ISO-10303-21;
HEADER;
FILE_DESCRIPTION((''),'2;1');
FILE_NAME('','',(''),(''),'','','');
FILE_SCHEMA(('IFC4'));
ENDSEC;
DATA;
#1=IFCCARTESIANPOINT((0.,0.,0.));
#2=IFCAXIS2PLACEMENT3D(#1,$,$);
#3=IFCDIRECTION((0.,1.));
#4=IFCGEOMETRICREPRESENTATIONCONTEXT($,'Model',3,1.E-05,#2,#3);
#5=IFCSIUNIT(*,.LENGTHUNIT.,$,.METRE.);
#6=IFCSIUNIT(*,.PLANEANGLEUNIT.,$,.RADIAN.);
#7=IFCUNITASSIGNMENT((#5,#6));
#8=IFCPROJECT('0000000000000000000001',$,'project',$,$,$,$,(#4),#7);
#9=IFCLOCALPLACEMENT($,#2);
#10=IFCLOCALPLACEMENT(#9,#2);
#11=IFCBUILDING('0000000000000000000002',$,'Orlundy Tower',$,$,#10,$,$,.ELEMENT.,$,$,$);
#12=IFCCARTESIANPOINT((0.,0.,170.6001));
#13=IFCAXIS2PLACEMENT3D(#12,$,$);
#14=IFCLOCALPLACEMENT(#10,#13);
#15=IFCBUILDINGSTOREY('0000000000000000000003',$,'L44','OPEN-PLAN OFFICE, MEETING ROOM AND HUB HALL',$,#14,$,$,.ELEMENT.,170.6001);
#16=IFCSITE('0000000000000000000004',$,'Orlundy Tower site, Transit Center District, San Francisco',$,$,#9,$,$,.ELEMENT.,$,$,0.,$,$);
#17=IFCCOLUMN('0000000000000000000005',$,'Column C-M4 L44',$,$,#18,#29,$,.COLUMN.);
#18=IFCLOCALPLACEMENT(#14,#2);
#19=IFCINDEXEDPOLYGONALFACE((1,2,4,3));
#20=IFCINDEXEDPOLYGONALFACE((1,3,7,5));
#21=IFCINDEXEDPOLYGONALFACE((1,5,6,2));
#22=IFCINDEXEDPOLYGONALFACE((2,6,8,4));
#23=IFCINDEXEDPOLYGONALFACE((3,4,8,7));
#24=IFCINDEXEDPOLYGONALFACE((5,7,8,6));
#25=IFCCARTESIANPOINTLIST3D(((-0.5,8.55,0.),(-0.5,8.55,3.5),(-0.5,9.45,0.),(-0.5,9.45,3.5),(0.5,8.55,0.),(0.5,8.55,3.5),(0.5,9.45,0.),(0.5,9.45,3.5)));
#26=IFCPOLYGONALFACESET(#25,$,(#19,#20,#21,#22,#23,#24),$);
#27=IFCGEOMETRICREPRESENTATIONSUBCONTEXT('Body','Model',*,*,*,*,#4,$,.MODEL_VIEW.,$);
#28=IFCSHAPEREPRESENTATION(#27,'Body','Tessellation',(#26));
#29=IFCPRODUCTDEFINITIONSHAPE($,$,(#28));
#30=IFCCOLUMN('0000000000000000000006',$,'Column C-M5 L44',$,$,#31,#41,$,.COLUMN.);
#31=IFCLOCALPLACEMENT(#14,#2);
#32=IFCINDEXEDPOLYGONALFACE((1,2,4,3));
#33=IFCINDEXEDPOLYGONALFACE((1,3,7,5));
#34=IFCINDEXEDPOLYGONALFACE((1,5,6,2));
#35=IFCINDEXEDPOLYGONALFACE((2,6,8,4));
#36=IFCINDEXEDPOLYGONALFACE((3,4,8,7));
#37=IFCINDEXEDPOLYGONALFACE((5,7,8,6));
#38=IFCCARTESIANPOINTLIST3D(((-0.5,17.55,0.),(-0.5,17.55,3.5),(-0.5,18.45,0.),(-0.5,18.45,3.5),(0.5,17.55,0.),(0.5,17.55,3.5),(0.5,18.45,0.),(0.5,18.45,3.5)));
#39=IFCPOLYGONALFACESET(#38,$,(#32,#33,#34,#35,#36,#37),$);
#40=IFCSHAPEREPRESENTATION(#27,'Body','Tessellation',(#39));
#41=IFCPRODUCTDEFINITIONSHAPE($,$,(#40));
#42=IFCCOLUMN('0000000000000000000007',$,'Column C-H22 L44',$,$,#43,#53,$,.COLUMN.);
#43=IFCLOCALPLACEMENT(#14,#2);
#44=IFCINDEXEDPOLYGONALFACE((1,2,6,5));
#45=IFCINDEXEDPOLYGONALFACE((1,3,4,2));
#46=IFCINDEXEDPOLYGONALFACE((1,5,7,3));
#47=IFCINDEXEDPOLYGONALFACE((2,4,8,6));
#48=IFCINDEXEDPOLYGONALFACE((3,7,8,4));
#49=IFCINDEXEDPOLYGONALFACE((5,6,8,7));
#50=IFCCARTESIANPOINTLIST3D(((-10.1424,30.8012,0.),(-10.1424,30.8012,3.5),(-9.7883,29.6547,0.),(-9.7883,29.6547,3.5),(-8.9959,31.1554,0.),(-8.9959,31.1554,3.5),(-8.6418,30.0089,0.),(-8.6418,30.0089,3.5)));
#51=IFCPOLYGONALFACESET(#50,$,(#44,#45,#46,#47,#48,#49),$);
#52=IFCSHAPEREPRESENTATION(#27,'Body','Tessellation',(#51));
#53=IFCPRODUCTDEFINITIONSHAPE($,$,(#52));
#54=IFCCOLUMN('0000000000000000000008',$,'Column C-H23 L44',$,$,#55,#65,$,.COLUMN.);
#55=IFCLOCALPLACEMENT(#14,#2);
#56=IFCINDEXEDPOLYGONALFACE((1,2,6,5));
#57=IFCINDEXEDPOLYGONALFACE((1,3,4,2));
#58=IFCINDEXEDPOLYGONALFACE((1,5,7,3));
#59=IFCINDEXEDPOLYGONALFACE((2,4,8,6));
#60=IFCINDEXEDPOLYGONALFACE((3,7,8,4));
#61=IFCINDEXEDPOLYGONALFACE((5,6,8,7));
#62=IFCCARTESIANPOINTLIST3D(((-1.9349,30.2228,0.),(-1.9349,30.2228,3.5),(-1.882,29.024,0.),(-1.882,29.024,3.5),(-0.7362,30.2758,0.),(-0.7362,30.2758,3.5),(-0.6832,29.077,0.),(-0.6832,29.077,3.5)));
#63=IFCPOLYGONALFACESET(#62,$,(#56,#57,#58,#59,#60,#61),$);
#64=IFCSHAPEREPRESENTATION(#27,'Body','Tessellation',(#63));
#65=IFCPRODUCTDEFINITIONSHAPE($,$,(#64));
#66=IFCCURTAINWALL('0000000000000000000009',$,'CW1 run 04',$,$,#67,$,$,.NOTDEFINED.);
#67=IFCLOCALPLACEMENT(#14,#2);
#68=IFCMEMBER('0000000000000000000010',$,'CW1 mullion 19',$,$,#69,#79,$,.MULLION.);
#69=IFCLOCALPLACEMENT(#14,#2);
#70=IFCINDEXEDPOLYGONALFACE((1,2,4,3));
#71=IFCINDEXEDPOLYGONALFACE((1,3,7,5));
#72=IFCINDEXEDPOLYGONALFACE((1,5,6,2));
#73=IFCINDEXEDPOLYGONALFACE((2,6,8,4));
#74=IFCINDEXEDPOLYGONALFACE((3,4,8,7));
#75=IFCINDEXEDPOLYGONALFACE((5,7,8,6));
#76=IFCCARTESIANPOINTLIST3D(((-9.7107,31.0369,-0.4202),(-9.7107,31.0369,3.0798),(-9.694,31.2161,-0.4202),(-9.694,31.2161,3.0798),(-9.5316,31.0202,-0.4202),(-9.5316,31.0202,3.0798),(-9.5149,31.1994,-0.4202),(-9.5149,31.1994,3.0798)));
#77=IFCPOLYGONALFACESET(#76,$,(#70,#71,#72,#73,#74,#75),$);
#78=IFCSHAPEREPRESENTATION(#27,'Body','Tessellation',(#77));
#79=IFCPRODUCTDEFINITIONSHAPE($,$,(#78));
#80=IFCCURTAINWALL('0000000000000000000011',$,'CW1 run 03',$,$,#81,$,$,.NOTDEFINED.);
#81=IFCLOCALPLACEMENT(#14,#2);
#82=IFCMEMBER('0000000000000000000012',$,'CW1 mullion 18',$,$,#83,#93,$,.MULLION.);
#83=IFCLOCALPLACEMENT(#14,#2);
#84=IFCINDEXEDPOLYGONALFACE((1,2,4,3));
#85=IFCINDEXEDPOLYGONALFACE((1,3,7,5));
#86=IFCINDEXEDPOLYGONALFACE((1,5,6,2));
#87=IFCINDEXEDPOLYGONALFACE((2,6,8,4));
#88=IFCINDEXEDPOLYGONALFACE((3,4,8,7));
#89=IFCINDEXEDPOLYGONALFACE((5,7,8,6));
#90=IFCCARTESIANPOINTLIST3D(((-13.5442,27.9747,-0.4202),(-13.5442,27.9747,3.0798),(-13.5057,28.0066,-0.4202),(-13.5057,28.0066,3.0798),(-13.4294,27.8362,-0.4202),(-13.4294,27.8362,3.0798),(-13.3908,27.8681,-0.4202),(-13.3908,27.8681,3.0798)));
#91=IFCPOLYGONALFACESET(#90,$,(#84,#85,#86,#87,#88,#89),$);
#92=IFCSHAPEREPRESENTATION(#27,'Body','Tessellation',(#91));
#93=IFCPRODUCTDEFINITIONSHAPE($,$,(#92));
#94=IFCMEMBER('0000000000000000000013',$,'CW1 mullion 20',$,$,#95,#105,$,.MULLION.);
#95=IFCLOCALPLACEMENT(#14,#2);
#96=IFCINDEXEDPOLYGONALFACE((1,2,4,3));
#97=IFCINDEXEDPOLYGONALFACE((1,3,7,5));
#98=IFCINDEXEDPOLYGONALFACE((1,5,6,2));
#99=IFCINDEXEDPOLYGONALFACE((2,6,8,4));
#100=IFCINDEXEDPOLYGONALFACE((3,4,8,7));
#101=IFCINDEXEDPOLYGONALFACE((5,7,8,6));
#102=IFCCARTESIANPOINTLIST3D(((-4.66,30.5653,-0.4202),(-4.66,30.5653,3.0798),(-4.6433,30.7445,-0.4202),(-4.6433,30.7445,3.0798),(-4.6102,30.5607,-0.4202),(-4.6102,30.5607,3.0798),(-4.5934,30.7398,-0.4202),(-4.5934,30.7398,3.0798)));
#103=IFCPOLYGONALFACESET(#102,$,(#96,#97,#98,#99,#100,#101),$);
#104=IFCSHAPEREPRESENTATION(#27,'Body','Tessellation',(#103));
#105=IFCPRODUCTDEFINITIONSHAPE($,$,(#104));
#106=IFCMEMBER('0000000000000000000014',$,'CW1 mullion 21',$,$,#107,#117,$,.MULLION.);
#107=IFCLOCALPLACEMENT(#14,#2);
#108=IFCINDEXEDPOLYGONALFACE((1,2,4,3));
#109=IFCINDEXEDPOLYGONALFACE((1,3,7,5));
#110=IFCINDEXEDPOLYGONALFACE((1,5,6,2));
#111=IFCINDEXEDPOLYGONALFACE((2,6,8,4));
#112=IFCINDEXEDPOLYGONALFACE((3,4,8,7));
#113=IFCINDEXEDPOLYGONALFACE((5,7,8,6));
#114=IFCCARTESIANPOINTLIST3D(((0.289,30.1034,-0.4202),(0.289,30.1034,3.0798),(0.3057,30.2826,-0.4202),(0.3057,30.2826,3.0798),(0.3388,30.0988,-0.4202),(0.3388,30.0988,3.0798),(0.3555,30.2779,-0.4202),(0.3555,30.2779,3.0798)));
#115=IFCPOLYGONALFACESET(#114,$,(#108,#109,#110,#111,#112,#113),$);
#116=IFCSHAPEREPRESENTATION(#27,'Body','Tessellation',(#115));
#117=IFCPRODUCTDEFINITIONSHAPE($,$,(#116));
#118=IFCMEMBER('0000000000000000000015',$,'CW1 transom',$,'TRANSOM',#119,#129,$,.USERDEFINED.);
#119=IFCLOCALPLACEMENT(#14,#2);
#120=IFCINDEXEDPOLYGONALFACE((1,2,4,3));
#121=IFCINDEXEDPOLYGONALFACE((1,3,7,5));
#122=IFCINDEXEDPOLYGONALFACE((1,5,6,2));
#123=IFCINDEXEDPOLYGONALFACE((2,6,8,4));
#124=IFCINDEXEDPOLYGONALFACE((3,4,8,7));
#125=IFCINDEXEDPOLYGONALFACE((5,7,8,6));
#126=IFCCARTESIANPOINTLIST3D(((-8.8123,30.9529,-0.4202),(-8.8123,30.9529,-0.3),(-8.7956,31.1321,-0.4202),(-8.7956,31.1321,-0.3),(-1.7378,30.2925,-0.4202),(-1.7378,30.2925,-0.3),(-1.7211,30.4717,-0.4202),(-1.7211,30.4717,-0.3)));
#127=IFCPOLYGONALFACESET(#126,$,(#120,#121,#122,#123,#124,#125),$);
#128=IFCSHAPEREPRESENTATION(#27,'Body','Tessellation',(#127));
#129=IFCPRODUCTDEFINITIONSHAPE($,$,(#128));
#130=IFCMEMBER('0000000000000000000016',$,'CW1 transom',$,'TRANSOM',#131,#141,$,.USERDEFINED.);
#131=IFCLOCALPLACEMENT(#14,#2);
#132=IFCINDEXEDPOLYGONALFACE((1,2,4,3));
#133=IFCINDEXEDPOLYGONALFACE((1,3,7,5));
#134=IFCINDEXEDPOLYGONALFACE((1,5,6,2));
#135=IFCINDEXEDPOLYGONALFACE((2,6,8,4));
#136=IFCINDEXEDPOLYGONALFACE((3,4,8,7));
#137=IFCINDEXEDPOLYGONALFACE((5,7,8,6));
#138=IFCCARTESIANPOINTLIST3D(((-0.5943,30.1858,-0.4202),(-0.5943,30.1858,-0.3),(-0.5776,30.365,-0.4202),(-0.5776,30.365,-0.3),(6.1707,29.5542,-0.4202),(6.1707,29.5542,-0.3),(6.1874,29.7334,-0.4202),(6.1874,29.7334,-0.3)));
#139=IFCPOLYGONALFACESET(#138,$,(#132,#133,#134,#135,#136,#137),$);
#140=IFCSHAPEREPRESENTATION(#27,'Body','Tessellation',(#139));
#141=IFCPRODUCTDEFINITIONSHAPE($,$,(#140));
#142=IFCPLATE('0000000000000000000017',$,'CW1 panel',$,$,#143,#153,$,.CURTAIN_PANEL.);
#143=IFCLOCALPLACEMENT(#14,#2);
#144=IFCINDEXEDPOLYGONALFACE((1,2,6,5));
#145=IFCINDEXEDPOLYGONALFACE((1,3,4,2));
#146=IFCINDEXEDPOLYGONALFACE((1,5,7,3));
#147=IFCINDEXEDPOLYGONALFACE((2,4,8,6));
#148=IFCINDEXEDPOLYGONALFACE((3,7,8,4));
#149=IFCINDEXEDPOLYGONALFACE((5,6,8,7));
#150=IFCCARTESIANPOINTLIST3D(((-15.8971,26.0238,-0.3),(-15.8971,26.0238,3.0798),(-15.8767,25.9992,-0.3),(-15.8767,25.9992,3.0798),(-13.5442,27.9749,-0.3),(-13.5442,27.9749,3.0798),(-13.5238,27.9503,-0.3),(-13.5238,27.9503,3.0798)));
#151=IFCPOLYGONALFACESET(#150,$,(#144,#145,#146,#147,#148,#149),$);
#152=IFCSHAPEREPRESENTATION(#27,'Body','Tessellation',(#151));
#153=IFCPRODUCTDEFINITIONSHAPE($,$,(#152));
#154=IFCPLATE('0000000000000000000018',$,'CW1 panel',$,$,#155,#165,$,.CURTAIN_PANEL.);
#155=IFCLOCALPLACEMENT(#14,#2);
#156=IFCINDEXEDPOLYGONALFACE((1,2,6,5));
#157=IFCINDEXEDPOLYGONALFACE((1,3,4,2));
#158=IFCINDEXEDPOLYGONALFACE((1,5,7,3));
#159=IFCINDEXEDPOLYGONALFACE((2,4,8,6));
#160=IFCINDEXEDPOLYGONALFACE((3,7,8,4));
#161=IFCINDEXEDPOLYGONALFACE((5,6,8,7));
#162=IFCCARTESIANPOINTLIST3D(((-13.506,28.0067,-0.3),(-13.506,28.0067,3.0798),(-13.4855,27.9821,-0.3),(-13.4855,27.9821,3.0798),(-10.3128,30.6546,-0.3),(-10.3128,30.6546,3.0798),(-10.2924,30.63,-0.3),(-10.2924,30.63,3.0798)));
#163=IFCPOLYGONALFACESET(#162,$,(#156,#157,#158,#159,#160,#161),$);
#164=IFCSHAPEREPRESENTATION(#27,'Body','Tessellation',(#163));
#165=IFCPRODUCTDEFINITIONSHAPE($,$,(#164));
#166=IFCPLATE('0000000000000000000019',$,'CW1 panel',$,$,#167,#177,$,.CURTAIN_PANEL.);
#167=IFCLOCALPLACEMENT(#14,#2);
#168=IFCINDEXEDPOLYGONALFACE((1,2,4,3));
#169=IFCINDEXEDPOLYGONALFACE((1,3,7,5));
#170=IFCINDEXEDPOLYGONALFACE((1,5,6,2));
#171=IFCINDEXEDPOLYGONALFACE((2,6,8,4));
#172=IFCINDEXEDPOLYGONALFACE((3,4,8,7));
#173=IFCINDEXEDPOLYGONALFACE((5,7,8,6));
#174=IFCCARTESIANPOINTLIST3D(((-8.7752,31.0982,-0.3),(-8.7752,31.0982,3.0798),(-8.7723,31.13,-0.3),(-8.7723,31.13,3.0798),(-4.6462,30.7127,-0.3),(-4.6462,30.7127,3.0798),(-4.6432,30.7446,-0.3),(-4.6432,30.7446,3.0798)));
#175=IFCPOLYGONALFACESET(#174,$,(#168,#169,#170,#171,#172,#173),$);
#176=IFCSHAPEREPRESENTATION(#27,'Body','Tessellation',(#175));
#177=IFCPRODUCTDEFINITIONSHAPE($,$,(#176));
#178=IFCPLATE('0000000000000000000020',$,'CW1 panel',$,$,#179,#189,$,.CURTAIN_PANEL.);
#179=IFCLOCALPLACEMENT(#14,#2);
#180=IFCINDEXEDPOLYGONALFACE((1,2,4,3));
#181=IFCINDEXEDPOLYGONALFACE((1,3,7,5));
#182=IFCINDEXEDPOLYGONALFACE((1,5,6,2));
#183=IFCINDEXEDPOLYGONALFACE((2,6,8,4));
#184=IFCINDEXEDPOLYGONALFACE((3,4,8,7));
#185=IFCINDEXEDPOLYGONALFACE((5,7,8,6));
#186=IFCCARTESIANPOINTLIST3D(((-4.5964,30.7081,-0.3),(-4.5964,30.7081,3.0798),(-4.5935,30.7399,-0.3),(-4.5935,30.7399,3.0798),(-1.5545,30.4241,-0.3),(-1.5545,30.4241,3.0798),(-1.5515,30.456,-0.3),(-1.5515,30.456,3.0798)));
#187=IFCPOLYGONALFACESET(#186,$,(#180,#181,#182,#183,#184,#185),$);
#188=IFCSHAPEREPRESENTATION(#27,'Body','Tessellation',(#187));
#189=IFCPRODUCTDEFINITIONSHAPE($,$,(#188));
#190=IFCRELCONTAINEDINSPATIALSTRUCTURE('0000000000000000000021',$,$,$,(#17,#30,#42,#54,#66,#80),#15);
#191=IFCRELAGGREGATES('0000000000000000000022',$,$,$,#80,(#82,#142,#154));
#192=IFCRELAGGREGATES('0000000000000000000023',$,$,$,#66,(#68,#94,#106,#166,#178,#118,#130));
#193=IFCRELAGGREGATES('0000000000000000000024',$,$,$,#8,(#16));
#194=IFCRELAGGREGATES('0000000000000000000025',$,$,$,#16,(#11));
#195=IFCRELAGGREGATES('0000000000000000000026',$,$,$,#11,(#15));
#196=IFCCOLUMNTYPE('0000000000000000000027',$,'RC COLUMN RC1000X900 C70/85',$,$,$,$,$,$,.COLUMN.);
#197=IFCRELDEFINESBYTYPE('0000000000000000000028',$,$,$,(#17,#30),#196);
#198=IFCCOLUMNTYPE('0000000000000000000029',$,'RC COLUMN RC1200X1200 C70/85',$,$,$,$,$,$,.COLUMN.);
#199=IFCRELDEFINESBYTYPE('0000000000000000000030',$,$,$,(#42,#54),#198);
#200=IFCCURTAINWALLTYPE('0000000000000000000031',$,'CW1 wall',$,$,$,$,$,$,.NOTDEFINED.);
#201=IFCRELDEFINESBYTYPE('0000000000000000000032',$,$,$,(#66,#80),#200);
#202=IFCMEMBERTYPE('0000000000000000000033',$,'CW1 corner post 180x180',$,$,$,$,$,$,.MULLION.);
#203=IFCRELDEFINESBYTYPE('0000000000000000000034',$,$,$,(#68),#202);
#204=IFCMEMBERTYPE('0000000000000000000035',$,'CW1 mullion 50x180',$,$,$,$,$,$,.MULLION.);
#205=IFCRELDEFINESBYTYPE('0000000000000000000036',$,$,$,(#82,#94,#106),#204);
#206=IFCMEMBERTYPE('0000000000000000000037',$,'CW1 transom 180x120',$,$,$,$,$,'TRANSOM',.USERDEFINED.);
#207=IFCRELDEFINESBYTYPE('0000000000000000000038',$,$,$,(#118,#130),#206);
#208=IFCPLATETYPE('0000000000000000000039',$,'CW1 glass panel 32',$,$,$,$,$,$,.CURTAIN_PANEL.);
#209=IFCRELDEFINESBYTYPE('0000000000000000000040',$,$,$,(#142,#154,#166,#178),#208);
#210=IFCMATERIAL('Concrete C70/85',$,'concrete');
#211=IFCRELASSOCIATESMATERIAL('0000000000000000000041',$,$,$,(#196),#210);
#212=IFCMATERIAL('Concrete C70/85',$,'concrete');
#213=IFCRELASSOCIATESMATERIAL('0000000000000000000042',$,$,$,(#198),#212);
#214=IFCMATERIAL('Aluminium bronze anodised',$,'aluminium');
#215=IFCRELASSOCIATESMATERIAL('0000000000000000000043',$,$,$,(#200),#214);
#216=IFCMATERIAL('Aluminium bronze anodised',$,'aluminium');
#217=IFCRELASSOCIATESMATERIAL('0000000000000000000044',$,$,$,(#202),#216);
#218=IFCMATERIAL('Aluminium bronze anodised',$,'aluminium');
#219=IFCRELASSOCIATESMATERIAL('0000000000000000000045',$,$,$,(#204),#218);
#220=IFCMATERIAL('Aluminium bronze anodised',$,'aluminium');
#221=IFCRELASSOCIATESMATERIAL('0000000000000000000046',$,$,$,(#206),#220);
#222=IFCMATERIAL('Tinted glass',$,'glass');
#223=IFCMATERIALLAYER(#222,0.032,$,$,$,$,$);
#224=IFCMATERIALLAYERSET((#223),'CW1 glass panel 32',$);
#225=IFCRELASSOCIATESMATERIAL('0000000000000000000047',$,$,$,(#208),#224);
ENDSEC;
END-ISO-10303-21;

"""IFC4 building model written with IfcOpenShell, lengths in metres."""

from ifc_helpers import new_model, si_unit, direction, frame, origin, origin_2d, place, context, subcontext, project, spatial, rectangle, extrude, material, layer, layer_set, material_profile, profile_set, type_object, element, aggregate, save


model = new_model("IFC4")

# Units and contexts
model_context = context("Model", 3, precision=1e-05, world=origin(), true_north=direction((0.0, 1.0)))
body_context = subcontext(model_context, "Body", "Model", "MODEL_VIEW")
ifc_project = project(units=[si_unit("LENGTHUNIT", "METRE"), si_unit("PLANEANGLEUNIT", "RADIAN")], contexts=[model_context])

# Site, building, storey
site_placement = place(None, origin())
site = spatial("IfcSite", under=ifc_project, at=site_placement, Name="Orlundy Tower site, Transit Center District, San Francisco", CompositionType="ELEMENT", RefElevation=0.0)
building_placement = place(site_placement, origin())
building = spatial("IfcBuilding", under=site, at=building_placement, Name="Orlundy Tower", CompositionType="ELEMENT")
storey_placement = place(building_placement, frame((0.0, 0.0, 170.6001)))
storey = spatial("IfcBuildingStorey", under=building, at=storey_placement, Name="L44", Description="OPEN-PLAN OFFICE, MEETING ROOM AND HUB HALL", CompositionType="ELEMENT", Elevation=170.6001)

# Columns
ifc_material_1 = material(Name="Concrete C70/85", Category="concrete")
ifc_material_profile_1 = material_profile(ifc_material_1, rectangle(XDim=1.0, YDim=0.8999, at=origin_2d()), Name="RC1000X900")
ifc_profile_set_1 = profile_set([ifc_material_profile_1], Name="Concrete C70/85")
column_type_1 = type_object("IfcColumnType", Name="RC COLUMN RC1000X900 C70/85", PredefinedType="COLUMN", material=ifc_profile_set_1)
for number, where, z_axis, x_axis, name in (
    (1, (0.0, 9.0, 0.0), (0.0, 0.0, 1.0), (1.0, 0.0, 0.0), "Column C-M4 L44"),
    (2, (0.0, 18.0, 0.0), (0.0, 0.0, 1.0), (1.0, 0.0, 0.0), "Column C-M5 L44"),
):
    element("IfcColumn", number, at=place(storey_placement, frame(where, z_axis=z_axis, x_axis=x_axis)), inside=storey, type_object=column_type_1, Name=name, PredefinedType="COLUMN", context=body_context, shape_type="SweptSolid", body=[
        extrude(rectangle(XDim=1.0, YDim=0.8999, at=origin_2d()), origin(), (0.0, 0.0, 1.0), 3.5),
    ])
ifc_material_2 = material(Name="Concrete C70/85", Category="concrete")
ifc_material_profile_2 = material_profile(ifc_material_2, rectangle(XDim=1.2, YDim=1.2, at=origin_2d()), Name="RC1200X1200")
ifc_profile_set_2 = profile_set([ifc_material_profile_2], Name="Concrete C70/85")
column_type_2 = type_object("IfcColumnType", Name="RC COLUMN RC1200X1200 C70/85", PredefinedType="COLUMN", material=ifc_profile_set_2)
for number, where, z_axis, x_axis, name in (
    (3, (-9.3921, 30.405, 0.0), (0.0, 0.0, 1.0), (-0.295141, 0.955454, 0.0), "Column C-H22 L44"),
    (4, (-1.3091, 29.6499, 0.0), (0.0, 0.0, 1.0), (-0.044108, 0.999027, 0.0), "Column C-H23 L44"),
):
    element("IfcColumn", number, at=place(storey_placement, frame(where, z_axis=z_axis, x_axis=x_axis)), inside=storey, type_object=column_type_2, Name=name, PredefinedType="COLUMN", context=body_context, shape_type="SweptSolid", body=[
        extrude(rectangle(XDim=1.2, YDim=1.2, at=origin_2d()), origin(), (0.0, 0.0, 1.0), 3.5),
    ])

# Curtain walls, members
ifc_material_3 = material(Name="Aluminium bronze anodised", Category="aluminium")
curtain_wall_type = type_object("IfcCurtainWallType", Name="CW1 wall", PredefinedType="NOTDEFINED", material=ifc_material_3)
curtain_wall_1_placement = place(storey_placement, origin())
curtain_wall_1 = element("IfcCurtainWall", 5, at=curtain_wall_1_placement, inside=storey, type_object=curtain_wall_type, Name="CW1 run 04", PredefinedType="NOTDEFINED")
ifc_material_4 = material(Name="Aluminium bronze anodised", Category="aluminium")
ifc_material_profile_3 = material_profile(ifc_material_4, rectangle(XDim=0.1799, YDim=0.1799, at=origin_2d()), Name="CW1 corner post 180x180")
ifc_profile_set_3 = profile_set([ifc_material_profile_3], Name="Aluminium bronze anodised")
member_type_1 = type_object("IfcMemberType", Name="CW1 corner post 180x180", PredefinedType="MULLION", material=ifc_profile_set_3)
member_1_placement = place(storey_placement, frame((-9.6128, 31.1182, -0.4202), z_axis=(0.0, 0.0, 1.0), x_axis=(0.092948, 0.995671, 0.0)))
member_1 = element("IfcMember", 6, at=member_1_placement, type_object=member_type_1, Name="CW1 mullion 19", PredefinedType="MULLION", context=body_context, shape_type="SweptSolid", body=[
    extrude(rectangle(XDim=0.1799, YDim=0.1799, at=origin_2d()), origin(), (0.0, 0.0, 1.0), 3.5),
])
curtain_wall_2_placement = place(storey_placement, origin())
curtain_wall_2 = element("IfcCurtainWall", 7, at=curtain_wall_2_placement, inside=storey, type_object=curtain_wall_type, Name="CW1 run 03", PredefinedType="NOTDEFINED")
ifc_material_5 = material(Name="Aluminium bronze anodised", Category="aluminium")
ifc_material_profile_4 = material_profile(ifc_material_5, rectangle(XDim=0.1799, YDim=0.05, at=origin_2d()), Name="CW1 mullion 50x180")
ifc_profile_set_4 = profile_set([ifc_material_profile_4], Name="Aluminium bronze anodised")
member_type_2 = type_object("IfcMemberType", Name="CW1 mullion 50x180", PredefinedType="MULLION", material=ifc_profile_set_4)
member_2_placement = place(storey_placement, frame((-13.4675, 27.9214, -0.4202), z_axis=(0.0, 0.0, 1.0), x_axis=(-0.638318, 0.769772, 0.0)))
member_2 = element("IfcMember", 8, at=member_2_placement, type_object=member_type_2, Name="CW1 mullion 18", PredefinedType="MULLION", context=body_context, shape_type="SweptSolid", body=[
    extrude(rectangle(XDim=0.1799, YDim=0.05, at=origin_2d()), origin(), (0.0, 0.0, 1.0), 3.5),
])

# Members
member_3_placement = place(storey_placement, frame((-4.6267, 30.6526, -0.4202), z_axis=(0.0, 0.0, 1.0), x_axis=(0.092948, 0.995671, 0.0)))
member_3 = element("IfcMember", 9, at=member_3_placement, type_object=member_type_2, Name="CW1 mullion 20", PredefinedType="MULLION", context=body_context, shape_type="SweptSolid", body=[
    extrude(rectangle(XDim=0.1799, YDim=0.05, at=origin_2d()), origin(), (0.0, 0.0, 1.0), 3.5),
])
member_4_placement = place(storey_placement, frame((0.3223, 30.1907, -0.4202), z_axis=(0.0, 0.0, 1.0), x_axis=(0.092948, 0.995671, 0.0)))
member_4 = element("IfcMember", 10, at=member_4_placement, type_object=member_type_2, Name="CW1 mullion 21", PredefinedType="MULLION", context=body_context, shape_type="SweptSolid", body=[
    extrude(rectangle(XDim=0.1799, YDim=0.05, at=origin_2d()), origin(), (0.0, 0.0, 1.0), 3.5),
])
ifc_material_6 = material(Name="Aluminium bronze anodised", Category="aluminium")
ifc_material_profile_5 = material_profile(ifc_material_6, rectangle(XDim=0.1799, YDim=0.1201, at=origin_2d()), Name="CW1 transom 180x120")
ifc_profile_set_5 = profile_set([ifc_material_profile_5], Name="Aluminium bronze anodised")
member_type_3 = type_object("IfcMemberType", Name="CW1 transom 180x120", ElementType="TRANSOM", PredefinedType="USERDEFINED", material=ifc_profile_set_5)
member_5_placement = place(storey_placement, frame((-8.804, 31.0425, -0.3601), z_axis=(0.995671, -0.092946, 0.0), x_axis=(0.092946, 0.995671, 0.0)))
member_5 = element("IfcMember", 11, at=member_5_placement, type_object=member_type_3, Name="CW1 transom", ObjectType="TRANSOM", PredefinedType="USERDEFINED", context=body_context, shape_type="SweptSolid", body=[
    extrude(rectangle(XDim=0.1799, YDim=0.1201, at=origin_2d()), origin(), (0.0, 0.0, 1.0), 7.1052),
])
member_6_placement = place(storey_placement, frame((-0.5859, 30.2754, -0.3601), z_axis=(0.99567, -0.092956, 0.0), x_axis=(0.092956, 0.99567, 0.0)))
member_6 = element("IfcMember", 12, at=member_6_placement, type_object=member_type_3, Name="CW1 transom", ObjectType="TRANSOM", PredefinedType="USERDEFINED", context=body_context, shape_type="SweptSolid", body=[
    extrude(rectangle(XDim=0.1799, YDim=0.1201, at=origin_2d()), origin(), (0.0, 0.0, 1.0), 6.7944),
])

# Plates
ifc_material_7 = material(Name="Tinted glass", Category="glass")
ifc_layer_1 = layer(ifc_material_7, 0.032)
ifc_layer_set_1 = layer_set([ifc_layer_1], Name="CW1 glass panel 32")
plate_type = type_object("IfcPlateType", Name="CW1 glass panel 32", PredefinedType="CURTAIN_PANEL", material=ifc_layer_set_1)
plate_1_placement = place(storey_placement, frame((-14.7104, 26.9871, -0.3), z_axis=(0.0, 0.0, 1.0), x_axis=(0.769772, 0.638318, 0.0)))
plate_1 = element("IfcPlate", 13, at=plate_1_placement, type_object=plate_type, Name="CW1 panel", PredefinedType="CURTAIN_PANEL", context=body_context, shape_type="SweptSolid", body=[
    extrude(rectangle(XDim=3.0566, YDim=0.032, at=origin_2d()), origin(), (0.0, 0.0, 1.0), 3.3799),
])
plate_2_placement = place(storey_placement, frame((-11.8992, 29.3184, -0.3), z_axis=(0.0, 0.0, 1.0), x_axis=(0.769772, 0.638318, 0.0)))
plate_2 = element("IfcPlate", 14, at=plate_2_placement, type_object=plate_type, Name="CW1 panel", PredefinedType="CURTAIN_PANEL", context=body_context, shape_type="SweptSolid", body=[
    extrude(rectangle(XDim=4.1482, YDim=0.032, at=origin_2d()), origin(), (0.0, 0.0, 1.0), 3.3799),
])
aggregate(curtain_wall_2, [member_2, plate_1, plate_2])
plate_3_placement = place(storey_placement, frame((-6.7092, 30.9214, -0.3), z_axis=(0.0, 0.0, 1.0), x_axis=(0.995671, -0.092948, 0.0)))
plate_3 = element("IfcPlate", 15, at=plate_3_placement, type_object=plate_type, Name="CW1 panel", PredefinedType="CURTAIN_PANEL", context=body_context, shape_type="SweptSolid", body=[
    extrude(rectangle(XDim=4.147, YDim=0.032, at=origin_2d()), origin(), (0.0, 0.0, 1.0), 3.3799),
])
plate_4_placement = place(storey_placement, frame((-3.074, 30.582, -0.3), z_axis=(0.0, 0.0, 1.0), x_axis=(0.995671, -0.092948, 0.0)))
plate_4 = element("IfcPlate", 16, at=plate_4_placement, type_object=plate_type, Name="CW1 panel", PredefinedType="CURTAIN_PANEL", context=body_context, shape_type="SweptSolid", body=[
    extrude(rectangle(XDim=3.0552, YDim=0.032, at=origin_2d()), origin(), (0.0, 0.0, 1.0), 3.3799),
])
aggregate(curtain_wall_1, [member_1, member_3, member_4, plate_3, plate_4, member_5, member_6])

save(model, "model.ifc")
